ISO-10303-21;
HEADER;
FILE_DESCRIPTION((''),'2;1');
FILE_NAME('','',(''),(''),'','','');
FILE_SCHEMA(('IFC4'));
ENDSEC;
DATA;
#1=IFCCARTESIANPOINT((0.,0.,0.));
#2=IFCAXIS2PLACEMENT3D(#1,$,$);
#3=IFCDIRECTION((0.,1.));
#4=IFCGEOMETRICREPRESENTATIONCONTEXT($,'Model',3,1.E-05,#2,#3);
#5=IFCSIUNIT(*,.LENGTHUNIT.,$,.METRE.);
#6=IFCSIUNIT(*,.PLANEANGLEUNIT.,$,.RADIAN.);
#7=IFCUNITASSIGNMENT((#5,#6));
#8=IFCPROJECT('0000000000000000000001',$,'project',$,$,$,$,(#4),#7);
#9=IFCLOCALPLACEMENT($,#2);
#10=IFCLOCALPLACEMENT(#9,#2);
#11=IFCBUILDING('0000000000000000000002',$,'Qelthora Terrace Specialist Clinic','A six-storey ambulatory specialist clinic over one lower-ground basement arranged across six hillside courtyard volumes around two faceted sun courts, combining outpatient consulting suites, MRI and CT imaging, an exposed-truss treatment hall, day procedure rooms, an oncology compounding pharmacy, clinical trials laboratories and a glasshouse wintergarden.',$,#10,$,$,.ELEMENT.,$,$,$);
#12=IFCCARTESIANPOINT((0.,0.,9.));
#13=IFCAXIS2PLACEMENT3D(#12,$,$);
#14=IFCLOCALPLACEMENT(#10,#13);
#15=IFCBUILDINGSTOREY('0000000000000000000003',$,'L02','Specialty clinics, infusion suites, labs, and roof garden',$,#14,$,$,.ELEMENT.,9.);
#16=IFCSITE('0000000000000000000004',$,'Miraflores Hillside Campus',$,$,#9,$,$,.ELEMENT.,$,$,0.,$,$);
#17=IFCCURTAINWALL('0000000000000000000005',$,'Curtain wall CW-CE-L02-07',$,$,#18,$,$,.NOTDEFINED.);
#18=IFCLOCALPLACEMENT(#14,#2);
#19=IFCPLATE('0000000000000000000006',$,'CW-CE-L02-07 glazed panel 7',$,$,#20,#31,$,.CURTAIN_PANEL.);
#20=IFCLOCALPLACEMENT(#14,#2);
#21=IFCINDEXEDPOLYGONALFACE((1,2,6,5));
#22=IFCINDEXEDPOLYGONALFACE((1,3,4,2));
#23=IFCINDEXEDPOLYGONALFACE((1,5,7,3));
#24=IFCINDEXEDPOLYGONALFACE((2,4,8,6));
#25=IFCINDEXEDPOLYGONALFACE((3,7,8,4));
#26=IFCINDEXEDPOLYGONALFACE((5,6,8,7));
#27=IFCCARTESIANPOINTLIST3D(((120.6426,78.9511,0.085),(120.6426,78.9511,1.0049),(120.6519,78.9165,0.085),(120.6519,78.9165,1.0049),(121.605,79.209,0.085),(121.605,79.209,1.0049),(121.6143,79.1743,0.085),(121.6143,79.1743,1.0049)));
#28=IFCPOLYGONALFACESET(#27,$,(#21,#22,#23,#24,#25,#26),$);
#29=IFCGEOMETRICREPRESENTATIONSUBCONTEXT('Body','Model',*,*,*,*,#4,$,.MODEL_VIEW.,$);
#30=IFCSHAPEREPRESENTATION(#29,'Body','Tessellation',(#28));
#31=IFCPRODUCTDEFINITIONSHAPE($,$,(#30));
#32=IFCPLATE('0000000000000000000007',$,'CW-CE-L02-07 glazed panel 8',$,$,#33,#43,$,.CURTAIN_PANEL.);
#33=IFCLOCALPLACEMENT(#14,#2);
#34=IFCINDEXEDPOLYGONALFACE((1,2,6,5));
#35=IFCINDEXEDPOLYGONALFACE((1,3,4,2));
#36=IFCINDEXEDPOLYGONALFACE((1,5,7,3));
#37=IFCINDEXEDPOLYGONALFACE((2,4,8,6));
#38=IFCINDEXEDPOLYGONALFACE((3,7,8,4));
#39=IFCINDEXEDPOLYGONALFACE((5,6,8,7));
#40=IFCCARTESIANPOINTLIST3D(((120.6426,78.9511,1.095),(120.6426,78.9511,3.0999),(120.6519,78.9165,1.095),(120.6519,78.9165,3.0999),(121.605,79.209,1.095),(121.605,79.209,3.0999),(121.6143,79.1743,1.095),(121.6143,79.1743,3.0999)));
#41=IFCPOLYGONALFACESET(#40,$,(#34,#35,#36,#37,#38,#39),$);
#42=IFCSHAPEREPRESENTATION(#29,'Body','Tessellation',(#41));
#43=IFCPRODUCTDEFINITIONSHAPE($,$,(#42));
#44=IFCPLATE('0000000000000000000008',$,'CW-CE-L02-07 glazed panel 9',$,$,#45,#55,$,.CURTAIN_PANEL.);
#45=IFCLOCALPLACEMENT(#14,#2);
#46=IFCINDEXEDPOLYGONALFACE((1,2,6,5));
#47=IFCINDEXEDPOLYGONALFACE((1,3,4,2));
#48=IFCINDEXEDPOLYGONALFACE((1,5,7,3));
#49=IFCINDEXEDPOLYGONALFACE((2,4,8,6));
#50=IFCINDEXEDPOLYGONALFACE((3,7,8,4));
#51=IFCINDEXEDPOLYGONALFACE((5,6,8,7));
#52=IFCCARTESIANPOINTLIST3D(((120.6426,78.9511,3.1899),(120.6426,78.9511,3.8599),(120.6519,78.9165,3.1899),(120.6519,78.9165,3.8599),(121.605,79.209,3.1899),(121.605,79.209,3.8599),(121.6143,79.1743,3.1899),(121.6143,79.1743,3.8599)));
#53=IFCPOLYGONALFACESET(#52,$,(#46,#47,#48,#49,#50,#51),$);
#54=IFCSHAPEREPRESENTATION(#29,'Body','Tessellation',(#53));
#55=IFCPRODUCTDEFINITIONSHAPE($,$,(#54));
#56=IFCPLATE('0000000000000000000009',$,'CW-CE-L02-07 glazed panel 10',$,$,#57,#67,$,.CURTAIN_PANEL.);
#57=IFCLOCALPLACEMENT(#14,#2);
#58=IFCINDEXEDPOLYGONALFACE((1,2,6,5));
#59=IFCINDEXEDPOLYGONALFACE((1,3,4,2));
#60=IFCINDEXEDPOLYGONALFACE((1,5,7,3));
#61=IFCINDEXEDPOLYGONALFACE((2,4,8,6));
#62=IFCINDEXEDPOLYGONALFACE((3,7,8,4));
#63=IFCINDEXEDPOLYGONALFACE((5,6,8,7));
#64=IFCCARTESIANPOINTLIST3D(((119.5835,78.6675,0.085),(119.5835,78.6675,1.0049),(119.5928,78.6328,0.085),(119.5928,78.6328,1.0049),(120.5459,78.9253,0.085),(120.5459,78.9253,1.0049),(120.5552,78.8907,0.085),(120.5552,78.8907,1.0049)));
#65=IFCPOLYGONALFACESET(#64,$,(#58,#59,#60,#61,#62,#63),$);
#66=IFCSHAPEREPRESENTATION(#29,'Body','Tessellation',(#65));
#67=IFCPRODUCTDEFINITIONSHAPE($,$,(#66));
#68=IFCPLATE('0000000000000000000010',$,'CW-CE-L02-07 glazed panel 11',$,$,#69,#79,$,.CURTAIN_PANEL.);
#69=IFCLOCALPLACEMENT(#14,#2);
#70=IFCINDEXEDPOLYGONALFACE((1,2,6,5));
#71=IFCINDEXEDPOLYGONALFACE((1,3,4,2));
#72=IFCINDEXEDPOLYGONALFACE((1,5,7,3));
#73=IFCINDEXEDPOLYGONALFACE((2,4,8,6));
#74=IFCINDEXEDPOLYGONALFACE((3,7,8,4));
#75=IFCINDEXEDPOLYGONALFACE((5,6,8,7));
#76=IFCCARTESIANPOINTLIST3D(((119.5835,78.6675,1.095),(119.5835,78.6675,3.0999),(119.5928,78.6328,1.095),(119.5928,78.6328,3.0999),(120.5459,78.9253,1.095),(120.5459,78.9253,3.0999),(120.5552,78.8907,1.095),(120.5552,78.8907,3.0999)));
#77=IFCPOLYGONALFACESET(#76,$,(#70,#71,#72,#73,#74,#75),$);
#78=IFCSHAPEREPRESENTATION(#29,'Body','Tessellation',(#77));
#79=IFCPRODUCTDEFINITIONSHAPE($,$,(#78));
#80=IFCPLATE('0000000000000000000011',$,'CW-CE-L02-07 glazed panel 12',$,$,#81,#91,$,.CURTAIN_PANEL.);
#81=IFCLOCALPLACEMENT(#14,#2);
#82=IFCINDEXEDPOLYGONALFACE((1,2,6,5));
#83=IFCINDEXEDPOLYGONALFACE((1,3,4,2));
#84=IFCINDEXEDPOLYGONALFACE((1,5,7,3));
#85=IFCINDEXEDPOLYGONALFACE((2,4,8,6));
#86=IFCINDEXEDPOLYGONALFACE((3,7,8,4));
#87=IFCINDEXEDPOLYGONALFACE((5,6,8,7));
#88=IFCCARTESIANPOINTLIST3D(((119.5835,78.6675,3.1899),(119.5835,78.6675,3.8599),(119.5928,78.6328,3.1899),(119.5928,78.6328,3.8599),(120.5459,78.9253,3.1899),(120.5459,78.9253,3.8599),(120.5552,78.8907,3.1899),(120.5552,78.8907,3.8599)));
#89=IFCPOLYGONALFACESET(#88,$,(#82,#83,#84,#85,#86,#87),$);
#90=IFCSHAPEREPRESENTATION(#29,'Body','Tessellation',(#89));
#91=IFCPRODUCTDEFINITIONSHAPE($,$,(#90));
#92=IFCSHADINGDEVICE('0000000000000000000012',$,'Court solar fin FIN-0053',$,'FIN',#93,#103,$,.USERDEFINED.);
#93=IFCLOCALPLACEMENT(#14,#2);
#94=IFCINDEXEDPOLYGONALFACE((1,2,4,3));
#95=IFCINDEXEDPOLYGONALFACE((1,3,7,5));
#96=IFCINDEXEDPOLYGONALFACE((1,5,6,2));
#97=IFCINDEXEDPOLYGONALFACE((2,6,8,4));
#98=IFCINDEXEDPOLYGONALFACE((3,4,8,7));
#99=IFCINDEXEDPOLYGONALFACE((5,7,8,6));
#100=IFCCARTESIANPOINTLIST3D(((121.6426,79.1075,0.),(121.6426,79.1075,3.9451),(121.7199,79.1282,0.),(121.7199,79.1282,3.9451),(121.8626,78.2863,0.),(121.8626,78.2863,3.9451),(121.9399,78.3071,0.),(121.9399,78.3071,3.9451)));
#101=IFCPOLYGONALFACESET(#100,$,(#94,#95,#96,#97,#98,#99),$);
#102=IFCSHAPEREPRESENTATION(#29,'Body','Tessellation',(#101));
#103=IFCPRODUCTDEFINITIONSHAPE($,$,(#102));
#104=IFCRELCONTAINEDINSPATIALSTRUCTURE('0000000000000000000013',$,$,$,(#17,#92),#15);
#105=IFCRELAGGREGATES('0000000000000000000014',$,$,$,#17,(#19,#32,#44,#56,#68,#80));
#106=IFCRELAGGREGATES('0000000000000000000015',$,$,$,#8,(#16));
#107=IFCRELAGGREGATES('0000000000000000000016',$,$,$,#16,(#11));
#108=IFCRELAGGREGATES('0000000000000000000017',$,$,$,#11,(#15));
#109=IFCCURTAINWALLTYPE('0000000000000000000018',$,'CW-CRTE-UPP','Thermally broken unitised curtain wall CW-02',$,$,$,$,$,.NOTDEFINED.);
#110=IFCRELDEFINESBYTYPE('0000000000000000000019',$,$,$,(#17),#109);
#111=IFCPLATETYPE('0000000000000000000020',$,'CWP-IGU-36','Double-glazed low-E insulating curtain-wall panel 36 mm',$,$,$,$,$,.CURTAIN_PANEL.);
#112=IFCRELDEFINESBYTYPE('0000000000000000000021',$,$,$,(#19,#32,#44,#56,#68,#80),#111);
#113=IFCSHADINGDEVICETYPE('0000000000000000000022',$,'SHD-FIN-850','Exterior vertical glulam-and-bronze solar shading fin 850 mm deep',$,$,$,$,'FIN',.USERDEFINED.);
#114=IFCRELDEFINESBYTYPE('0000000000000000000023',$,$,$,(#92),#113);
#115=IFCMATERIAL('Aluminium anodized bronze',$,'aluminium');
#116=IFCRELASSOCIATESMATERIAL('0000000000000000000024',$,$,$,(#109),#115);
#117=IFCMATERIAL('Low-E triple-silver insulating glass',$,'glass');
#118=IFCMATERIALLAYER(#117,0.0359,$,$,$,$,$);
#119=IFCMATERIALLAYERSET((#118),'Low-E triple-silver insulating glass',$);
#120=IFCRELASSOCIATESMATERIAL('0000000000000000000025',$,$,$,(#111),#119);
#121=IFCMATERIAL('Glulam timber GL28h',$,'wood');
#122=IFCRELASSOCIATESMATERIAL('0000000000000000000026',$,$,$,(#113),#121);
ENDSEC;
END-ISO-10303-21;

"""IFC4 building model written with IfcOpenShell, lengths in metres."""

from ifc_helpers import new_model, si_unit, direction, frame, origin, origin_2d, place, context, subcontext, project, spatial, rectangle, extrude, material, layer, layer_set, type_object, element, aggregate, save


model = new_model("IFC4")

# Units and contexts
model_context = context("Model", 3, precision=1e-05, world=origin(), true_north=direction((0.0, 1.0)))
body_context = subcontext(model_context, "Body", "Model", "MODEL_VIEW")
ifc_project = project(units=[si_unit("LENGTHUNIT", "METRE"), si_unit("PLANEANGLEUNIT", "RADIAN")], contexts=[model_context])

# Site, building, storey
site_placement = place(None, origin())
site = spatial("IfcSite", under=ifc_project, at=site_placement, Name="Miraflores Hillside Campus", CompositionType="ELEMENT", RefElevation=0.0)
building_placement = place(site_placement, origin())
building = spatial("IfcBuilding", under=site, at=building_placement, Name="Qelthora Terrace Specialist Clinic", Description="A six-storey ambulatory specialist clinic over one lower-ground basement arranged across six hillside courtyard volumes around two faceted sun courts, combining outpatient consulting suites, MRI and CT imaging, an exposed-truss treatment hall, day procedure rooms, an oncology compounding pharmacy, clinical trials laboratories and a glasshouse wintergarden.", CompositionType="ELEMENT")
storey_placement = place(building_placement, frame((0.0, 0.0, 9.0)))
storey = spatial("IfcBuildingStorey", under=building, at=storey_placement, Name="L02", Description="Specialty clinics, infusion suites, labs, and roof garden", CompositionType="ELEMENT", Elevation=9.0)

# Curtain wall, plates
ifc_material_1 = material(Name="Aluminium anodized bronze", Category="aluminium")
curtain_wall_type = type_object("IfcCurtainWallType", Name="CW-CRTE-UPP", Description="Thermally broken unitised curtain wall CW-02", PredefinedType="NOTDEFINED", material=ifc_material_1)
curtain_wall_placement = place(storey_placement, origin())
curtain_wall = element("IfcCurtainWall", 1, at=curtain_wall_placement, inside=storey, type_object=curtain_wall_type, Name="Curtain wall CW-CE-L02-07", PredefinedType="NOTDEFINED")
ifc_material_2 = material(Name="Low-E triple-silver insulating glass", Category="glass")
ifc_layer = layer(ifc_material_2, 0.0359)
ifc_layer_set = layer_set([ifc_layer], Name="Low-E triple-silver insulating glass")
plate_type = type_object("IfcPlateType", Name="CWP-IGU-36", Description="Double-glazed low-E insulating curtain-wall panel 36 mm", PredefinedType="CURTAIN_PANEL", material=ifc_layer_set)
plate_1_placement = place(storey_placement, frame((121.1284, 79.0627, 0.085), z_axis=(0.0, 0.0, 1.0), x_axis=(-0.965926, -0.258819, 0.0)))
plate_1 = element("IfcPlate", 2, at=plate_1_placement, type_object=plate_type, Name="CW-CE-L02-07 glazed panel 7", PredefinedType="CURTAIN_PANEL", context=body_context, shape_type="SweptSolid", body=[
    extrude(rectangle(XDim=0.9963, YDim=0.0359, at=origin_2d()), origin(), (0.0, 0.0, 1.0), 0.9199),
])
plate_2_placement = place(storey_placement, frame((121.1284, 79.0627, 1.095), z_axis=(0.0, 0.0, 1.0), x_axis=(-0.965926, -0.258819, 0.0)))
plate_2 = element("IfcPlate", 3, at=plate_2_placement, type_object=plate_type, Name="CW-CE-L02-07 glazed panel 8", PredefinedType="CURTAIN_PANEL", context=body_context, shape_type="SweptSolid", body=[
    extrude(rectangle(XDim=0.9963, YDim=0.0359, at=origin_2d()), origin(), (0.0, 0.0, 1.0), 2.0049),
])
plate_3_placement = place(storey_placement, frame((121.1284, 79.0627, 3.1899), z_axis=(0.0, 0.0, 1.0), x_axis=(-0.965926, -0.258819, 0.0)))
plate_3 = element("IfcPlate", 4, at=plate_3_placement, type_object=plate_type, Name="CW-CE-L02-07 glazed panel 9", PredefinedType="CURTAIN_PANEL", context=body_context, shape_type="SweptSolid", body=[
    extrude(rectangle(XDim=0.9963, YDim=0.0359, at=origin_2d()), origin(), (0.0, 0.0, 1.0), 0.6699),
])
plate_4_placement = place(storey_placement, frame((120.0693, 78.7791, 0.085), z_axis=(0.0, 0.0, 1.0), x_axis=(-0.965926, -0.258819, 0.0)))
plate_4 = element("IfcPlate", 5, at=plate_4_placement, type_object=plate_type, Name="CW-CE-L02-07 glazed panel 10", PredefinedType="CURTAIN_PANEL", context=body_context, shape_type="SweptSolid", body=[
    extrude(rectangle(XDim=0.9963, YDim=0.0359, at=origin_2d()), origin(), (0.0, 0.0, 1.0), 0.9199),
])
plate_5_placement = place(storey_placement, frame((120.0693, 78.7791, 1.095), z_axis=(0.0, 0.0, 1.0), x_axis=(-0.965926, -0.258819, 0.0)))
plate_5 = element("IfcPlate", 6, at=plate_5_placement, type_object=plate_type, Name="CW-CE-L02-07 glazed panel 11", PredefinedType="CURTAIN_PANEL", context=body_context, shape_type="SweptSolid", body=[
    extrude(rectangle(XDim=0.9963, YDim=0.0359, at=origin_2d()), origin(), (0.0, 0.0, 1.0), 2.0049),
])
plate_6_placement = place(storey_placement, frame((120.0693, 78.7791, 3.1899), z_axis=(0.0, 0.0, 1.0), x_axis=(-0.965926, -0.258819, 0.0)))
plate_6 = element("IfcPlate", 7, at=plate_6_placement, type_object=plate_type, Name="CW-CE-L02-07 glazed panel 12", PredefinedType="CURTAIN_PANEL", context=body_context, shape_type="SweptSolid", body=[
    extrude(rectangle(XDim=0.9963, YDim=0.0359, at=origin_2d()), origin(), (0.0, 0.0, 1.0), 0.6699),
])
aggregate(curtain_wall, [plate_1, plate_2, plate_3, plate_4, plate_5, plate_6])

# Shading device
ifc_material_3 = material(Name="Glulam timber GL28h", Category="wood")
shading_device_type = type_object("IfcShadingDeviceType", Name="SHD-FIN-850", Description="Exterior vertical glulam-and-bronze solar shading fin 850 mm deep", ElementType="FIN", PredefinedType="USERDEFINED", material=ifc_material_3)
shading_device_placement = place(storey_placement, frame((121.7913, 78.7073, 0.0), z_axis=(0.0, 0.0, 1.0), x_axis=(0.258819, -0.965926, 0.0)))
element("IfcShadingDevice", 8, at=shading_device_placement, inside=storey, type_object=shading_device_type, Name="Court solar fin FIN-0053", ObjectType="FIN", PredefinedType="USERDEFINED", context=body_context, shape_type="SweptSolid", body=[
    extrude(rectangle(XDim=0.8501, YDim=0.0801, at=origin_2d()), origin(), (0.0, 0.0, 1.0), 3.9451),
])

save(model, "model.ifc")
